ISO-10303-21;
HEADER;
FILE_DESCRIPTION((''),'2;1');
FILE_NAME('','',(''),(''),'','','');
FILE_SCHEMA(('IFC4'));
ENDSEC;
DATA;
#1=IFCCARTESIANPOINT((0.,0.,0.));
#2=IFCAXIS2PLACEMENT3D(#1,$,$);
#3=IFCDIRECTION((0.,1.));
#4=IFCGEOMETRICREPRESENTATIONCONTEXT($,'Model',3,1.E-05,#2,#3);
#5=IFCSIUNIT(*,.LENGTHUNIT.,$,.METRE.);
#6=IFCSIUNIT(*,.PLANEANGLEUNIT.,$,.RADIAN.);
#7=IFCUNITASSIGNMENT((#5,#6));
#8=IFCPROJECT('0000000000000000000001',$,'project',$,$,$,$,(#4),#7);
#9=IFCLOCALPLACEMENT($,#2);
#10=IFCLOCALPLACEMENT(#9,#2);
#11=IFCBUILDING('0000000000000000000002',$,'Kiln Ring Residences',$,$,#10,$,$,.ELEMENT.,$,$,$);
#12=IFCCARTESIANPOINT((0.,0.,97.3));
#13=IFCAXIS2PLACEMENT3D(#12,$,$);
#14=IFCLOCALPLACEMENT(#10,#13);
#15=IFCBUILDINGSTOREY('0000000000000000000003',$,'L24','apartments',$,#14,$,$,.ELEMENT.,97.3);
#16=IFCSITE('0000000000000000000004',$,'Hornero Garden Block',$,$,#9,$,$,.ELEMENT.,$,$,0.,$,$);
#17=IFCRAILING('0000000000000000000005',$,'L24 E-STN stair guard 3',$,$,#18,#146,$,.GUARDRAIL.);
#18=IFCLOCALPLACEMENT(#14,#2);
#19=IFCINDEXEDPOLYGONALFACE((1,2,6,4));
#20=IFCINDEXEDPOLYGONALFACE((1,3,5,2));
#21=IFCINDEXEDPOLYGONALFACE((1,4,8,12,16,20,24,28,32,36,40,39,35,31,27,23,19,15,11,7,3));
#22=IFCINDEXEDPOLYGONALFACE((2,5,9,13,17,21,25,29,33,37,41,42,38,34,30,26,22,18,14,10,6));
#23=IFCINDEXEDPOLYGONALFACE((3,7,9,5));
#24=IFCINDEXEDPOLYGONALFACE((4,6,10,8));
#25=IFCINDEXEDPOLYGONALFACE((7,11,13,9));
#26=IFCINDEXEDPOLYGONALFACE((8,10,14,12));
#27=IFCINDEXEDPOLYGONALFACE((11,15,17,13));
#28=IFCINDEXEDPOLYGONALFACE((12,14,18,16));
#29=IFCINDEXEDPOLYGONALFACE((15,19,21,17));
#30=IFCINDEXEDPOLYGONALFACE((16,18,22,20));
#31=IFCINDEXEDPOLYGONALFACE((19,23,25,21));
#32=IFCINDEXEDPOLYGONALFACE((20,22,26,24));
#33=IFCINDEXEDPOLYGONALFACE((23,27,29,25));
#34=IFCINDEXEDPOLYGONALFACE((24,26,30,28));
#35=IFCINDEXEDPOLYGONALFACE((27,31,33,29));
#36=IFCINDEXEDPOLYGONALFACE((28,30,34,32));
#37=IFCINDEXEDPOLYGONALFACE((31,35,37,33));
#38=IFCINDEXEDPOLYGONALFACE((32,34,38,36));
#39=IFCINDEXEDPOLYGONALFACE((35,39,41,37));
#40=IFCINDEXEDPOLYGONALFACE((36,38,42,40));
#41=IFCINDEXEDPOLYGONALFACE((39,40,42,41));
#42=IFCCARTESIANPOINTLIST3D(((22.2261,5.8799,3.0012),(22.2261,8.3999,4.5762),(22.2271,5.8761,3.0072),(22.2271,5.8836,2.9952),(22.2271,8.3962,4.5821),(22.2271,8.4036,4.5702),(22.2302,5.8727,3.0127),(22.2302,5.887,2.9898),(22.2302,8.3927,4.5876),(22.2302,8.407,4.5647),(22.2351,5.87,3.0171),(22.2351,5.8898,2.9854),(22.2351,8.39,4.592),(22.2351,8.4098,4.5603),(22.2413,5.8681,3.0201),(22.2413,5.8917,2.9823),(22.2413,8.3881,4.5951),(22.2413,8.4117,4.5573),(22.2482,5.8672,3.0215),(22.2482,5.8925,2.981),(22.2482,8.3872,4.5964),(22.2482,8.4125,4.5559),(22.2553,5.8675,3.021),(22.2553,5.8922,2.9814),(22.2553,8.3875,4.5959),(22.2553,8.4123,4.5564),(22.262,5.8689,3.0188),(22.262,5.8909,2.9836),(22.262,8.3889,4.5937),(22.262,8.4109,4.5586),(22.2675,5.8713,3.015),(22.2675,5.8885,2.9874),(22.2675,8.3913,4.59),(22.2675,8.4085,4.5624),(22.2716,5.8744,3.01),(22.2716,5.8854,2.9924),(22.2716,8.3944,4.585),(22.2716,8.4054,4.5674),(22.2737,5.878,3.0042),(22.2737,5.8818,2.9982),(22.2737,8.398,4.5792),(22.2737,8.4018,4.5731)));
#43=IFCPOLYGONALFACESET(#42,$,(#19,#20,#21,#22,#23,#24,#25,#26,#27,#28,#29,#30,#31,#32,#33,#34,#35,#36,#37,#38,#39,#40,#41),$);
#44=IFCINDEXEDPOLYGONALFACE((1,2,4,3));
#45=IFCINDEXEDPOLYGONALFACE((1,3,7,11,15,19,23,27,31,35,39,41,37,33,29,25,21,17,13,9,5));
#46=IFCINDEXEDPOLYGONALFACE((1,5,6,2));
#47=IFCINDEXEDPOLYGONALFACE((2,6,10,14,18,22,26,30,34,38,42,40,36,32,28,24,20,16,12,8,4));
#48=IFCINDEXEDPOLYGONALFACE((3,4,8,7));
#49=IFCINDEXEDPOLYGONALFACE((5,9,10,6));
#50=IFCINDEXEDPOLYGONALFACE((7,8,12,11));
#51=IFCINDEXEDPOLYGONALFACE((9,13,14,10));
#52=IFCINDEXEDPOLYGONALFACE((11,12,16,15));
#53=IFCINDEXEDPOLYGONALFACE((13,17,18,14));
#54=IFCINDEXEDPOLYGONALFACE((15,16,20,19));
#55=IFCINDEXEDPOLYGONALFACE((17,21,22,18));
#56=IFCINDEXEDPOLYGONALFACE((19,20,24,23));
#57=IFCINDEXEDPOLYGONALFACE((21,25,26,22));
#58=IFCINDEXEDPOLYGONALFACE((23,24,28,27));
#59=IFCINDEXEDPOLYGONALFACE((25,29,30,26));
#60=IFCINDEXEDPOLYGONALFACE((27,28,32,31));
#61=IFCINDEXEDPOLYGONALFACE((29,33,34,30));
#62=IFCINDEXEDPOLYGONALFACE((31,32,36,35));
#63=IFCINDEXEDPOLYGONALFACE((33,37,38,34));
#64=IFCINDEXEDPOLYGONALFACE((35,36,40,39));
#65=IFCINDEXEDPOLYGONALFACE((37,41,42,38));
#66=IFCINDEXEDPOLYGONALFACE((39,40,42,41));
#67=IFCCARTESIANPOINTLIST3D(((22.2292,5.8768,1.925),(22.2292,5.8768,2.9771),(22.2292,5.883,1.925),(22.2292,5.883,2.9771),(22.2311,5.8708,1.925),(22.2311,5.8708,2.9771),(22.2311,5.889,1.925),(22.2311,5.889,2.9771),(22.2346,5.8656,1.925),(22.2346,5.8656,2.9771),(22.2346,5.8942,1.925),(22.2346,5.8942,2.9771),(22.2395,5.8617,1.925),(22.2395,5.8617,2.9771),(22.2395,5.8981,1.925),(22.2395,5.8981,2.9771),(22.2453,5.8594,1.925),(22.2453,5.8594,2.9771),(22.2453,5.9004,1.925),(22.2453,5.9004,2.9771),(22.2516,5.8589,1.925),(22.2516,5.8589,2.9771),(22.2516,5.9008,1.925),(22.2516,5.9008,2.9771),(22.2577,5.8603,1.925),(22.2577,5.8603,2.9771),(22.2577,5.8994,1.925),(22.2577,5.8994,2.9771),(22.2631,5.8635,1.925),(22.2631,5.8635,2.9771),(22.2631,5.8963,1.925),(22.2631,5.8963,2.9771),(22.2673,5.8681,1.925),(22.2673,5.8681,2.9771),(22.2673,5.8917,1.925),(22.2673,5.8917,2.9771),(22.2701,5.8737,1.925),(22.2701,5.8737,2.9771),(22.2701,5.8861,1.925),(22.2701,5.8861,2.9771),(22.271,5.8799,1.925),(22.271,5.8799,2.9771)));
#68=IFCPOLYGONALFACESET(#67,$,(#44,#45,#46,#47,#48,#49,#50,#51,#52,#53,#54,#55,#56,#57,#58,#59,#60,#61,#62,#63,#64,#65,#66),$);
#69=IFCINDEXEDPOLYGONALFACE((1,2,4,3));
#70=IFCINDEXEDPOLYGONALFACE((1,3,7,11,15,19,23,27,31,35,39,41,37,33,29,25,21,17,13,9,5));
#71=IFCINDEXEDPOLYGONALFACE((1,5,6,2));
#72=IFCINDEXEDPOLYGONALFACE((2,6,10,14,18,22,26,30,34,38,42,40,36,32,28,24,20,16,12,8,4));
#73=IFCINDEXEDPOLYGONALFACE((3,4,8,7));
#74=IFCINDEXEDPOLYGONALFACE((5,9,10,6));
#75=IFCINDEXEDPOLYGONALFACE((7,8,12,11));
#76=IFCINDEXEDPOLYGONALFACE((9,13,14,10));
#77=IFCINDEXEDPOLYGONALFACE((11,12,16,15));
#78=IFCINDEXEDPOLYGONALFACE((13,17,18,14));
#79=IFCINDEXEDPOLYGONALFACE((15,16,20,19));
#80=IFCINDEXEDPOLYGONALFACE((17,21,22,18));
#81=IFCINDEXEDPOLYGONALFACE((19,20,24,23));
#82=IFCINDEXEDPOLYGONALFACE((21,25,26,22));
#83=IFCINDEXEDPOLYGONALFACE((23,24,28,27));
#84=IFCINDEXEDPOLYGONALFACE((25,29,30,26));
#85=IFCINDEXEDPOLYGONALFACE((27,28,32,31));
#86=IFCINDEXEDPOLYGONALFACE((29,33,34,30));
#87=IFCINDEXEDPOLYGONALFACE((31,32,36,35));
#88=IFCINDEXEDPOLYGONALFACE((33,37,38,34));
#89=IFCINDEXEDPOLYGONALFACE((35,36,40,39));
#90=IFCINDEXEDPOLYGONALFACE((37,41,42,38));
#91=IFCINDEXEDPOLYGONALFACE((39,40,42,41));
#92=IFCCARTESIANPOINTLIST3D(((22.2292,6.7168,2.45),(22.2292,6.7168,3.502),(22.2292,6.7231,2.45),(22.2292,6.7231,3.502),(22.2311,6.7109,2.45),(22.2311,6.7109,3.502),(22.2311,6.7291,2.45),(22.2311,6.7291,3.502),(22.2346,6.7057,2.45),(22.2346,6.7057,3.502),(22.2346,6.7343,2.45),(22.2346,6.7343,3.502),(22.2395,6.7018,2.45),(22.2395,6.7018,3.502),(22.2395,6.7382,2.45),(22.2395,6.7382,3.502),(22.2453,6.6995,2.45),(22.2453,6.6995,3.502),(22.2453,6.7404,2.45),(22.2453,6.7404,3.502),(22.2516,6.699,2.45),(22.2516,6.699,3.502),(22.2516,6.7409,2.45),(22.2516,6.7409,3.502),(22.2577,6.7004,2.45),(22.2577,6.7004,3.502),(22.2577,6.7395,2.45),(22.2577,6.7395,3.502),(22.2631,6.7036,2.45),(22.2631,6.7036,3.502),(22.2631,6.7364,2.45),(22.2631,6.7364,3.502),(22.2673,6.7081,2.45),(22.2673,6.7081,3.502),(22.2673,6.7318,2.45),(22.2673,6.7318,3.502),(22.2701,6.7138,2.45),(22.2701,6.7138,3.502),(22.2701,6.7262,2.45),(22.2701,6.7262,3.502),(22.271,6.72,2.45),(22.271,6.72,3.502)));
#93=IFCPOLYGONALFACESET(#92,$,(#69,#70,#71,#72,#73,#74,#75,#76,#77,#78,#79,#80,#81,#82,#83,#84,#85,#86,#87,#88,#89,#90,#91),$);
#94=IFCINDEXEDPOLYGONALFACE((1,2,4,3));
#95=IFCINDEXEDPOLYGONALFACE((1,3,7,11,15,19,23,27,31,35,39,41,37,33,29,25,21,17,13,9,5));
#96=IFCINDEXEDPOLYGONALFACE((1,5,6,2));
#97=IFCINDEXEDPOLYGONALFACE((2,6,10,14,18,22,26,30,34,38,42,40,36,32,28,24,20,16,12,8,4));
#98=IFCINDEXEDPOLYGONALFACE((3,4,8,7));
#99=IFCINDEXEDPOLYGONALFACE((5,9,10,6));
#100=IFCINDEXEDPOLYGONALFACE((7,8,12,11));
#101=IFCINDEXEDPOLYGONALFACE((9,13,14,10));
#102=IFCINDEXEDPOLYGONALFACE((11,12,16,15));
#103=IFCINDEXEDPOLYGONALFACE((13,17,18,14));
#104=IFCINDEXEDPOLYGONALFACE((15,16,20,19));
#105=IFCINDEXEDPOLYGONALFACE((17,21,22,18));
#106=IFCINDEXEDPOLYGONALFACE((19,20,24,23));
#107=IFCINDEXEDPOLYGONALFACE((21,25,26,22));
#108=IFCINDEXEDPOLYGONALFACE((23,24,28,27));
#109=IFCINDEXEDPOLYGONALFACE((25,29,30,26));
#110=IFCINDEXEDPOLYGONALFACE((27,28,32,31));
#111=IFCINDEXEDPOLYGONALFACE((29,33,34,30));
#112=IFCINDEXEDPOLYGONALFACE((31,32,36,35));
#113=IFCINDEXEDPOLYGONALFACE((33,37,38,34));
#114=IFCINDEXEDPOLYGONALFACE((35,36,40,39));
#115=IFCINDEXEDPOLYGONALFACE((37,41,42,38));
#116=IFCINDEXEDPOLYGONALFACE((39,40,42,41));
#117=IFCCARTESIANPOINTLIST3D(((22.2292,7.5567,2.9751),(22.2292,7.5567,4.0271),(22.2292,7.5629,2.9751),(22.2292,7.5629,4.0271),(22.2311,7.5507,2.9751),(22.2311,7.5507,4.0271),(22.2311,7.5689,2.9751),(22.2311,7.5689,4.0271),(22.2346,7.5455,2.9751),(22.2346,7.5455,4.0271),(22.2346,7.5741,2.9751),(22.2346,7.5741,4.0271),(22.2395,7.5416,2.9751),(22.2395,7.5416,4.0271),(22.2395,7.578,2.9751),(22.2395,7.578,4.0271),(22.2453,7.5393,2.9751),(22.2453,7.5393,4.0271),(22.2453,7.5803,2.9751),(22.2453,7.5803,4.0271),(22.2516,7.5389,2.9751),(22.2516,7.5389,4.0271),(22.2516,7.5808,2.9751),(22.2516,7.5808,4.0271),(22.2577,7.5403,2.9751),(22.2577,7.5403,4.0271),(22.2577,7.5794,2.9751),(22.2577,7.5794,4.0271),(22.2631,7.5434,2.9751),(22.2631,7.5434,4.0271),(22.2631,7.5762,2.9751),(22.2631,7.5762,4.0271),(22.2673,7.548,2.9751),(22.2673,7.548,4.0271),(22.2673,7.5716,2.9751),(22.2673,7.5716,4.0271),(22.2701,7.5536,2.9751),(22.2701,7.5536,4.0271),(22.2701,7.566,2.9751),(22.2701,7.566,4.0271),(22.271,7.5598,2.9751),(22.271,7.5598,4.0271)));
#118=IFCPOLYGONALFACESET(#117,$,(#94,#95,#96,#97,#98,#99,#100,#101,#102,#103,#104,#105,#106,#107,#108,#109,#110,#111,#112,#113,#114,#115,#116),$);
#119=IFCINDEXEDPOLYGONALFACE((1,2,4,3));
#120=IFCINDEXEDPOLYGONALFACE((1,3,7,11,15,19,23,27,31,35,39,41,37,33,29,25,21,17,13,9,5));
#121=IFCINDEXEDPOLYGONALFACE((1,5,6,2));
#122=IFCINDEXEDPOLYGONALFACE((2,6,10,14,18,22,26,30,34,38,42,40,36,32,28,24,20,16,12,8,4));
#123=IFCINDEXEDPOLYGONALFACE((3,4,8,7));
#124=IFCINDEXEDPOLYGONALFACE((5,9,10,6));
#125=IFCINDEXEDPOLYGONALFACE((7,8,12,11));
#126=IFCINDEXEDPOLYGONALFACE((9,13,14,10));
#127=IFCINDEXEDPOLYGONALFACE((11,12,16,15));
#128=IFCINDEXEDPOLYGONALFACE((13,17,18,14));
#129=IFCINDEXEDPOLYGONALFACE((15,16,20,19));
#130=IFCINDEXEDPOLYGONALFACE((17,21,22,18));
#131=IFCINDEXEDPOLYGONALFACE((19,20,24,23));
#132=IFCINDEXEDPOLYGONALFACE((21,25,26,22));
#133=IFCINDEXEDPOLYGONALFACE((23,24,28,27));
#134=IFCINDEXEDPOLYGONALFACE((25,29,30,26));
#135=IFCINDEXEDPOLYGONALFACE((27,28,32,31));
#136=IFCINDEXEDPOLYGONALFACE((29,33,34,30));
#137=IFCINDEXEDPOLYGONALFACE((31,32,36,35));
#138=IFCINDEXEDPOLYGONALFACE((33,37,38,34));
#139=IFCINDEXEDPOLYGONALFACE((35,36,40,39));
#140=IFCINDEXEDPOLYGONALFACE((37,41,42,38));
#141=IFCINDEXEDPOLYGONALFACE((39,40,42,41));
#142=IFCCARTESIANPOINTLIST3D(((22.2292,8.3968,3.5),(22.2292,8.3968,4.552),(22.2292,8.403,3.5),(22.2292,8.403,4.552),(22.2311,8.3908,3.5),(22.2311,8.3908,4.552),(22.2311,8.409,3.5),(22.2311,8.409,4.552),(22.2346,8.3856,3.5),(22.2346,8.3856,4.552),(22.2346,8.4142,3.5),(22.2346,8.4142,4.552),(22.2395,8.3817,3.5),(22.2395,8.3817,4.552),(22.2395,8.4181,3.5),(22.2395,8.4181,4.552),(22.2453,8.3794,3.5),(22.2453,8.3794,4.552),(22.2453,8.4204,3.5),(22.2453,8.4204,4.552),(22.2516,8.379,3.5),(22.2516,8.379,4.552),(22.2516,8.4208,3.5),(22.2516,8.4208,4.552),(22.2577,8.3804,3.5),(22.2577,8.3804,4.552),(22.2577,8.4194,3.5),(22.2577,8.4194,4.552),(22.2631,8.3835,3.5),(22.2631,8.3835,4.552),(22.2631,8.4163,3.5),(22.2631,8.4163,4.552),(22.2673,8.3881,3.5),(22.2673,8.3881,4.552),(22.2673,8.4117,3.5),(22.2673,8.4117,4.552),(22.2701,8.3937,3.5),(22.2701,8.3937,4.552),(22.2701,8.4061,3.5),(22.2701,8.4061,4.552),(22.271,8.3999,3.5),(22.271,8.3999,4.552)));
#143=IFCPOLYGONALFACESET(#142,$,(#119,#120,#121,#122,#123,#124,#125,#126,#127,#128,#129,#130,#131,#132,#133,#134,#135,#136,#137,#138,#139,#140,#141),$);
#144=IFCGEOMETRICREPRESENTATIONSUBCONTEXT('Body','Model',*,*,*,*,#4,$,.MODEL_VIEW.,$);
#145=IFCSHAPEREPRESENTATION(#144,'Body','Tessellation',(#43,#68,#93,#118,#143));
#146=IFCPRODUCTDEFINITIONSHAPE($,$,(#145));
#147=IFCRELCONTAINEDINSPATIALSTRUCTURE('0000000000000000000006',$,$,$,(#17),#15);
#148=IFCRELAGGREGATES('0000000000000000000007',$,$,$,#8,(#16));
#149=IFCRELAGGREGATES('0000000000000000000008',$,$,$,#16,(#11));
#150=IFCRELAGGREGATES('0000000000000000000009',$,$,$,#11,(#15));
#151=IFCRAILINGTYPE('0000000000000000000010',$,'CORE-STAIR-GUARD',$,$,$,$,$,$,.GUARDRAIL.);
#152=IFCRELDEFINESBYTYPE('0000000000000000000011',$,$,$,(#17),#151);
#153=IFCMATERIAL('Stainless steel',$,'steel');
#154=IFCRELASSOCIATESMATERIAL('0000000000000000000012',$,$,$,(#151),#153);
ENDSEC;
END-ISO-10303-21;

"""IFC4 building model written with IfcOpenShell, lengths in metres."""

from ifc_helpers import new_model, si_unit, direction, frame, origin, origin_2d, place, context, subcontext, project, spatial, circle, extrude, material, type_object, element, save


model = new_model("IFC4")

# Units and contexts
model_context = context("Model", 3, precision=1e-05, world=origin(), true_north=direction((0.0, 1.0)))
body_context = subcontext(model_context, "Body", "Model", "MODEL_VIEW")
ifc_project = project(units=[si_unit("LENGTHUNIT", "METRE"), si_unit("PLANEANGLEUNIT", "RADIAN")], contexts=[model_context])

# Site, building, storey
site_placement = place(None, origin())
site = spatial("IfcSite", under=ifc_project, at=site_placement, Name="Hornero Garden Block", CompositionType="ELEMENT", RefElevation=0.0)
building_placement = place(site_placement, origin())
building = spatial("IfcBuilding", under=site, at=building_placement, Name="Kiln Ring Residences", CompositionType="ELEMENT")
storey_placement = place(building_placement, frame((0.0, 0.0, 97.3)))
storey = spatial("IfcBuildingStorey", under=building, at=storey_placement, Name="L24", Description="apartments", CompositionType="ELEMENT", Elevation=97.3)

# Railing
ifc_material_1 = material(Name="Stainless steel", Category="steel")
railing_type_1 = type_object("IfcRailingType", Name="CORE-STAIR-GUARD", PredefinedType="GUARDRAIL", material=ifc_material_1)
railing_1_placement = place(storey_placement, frame((22.25, 5.8799, 1.925)))
element("IfcRailing", 1, at=railing_1_placement, inside=storey, type_object=railing_type_1, Name="L24 E-STN stair guard 3", PredefinedType="GUARDRAIL", context=body_context, shape_type="SweptSolid", body=[
    extrude(circle(Radius=0.0239, at=origin_2d()), frame((0.0, 0.0, 1.0762), z_axis=(0.0, 0.848008, 0.529984), x_axis=(-1.0, 0.0, 0.0)), (0.0, 0.0, 1.0), 2.9717),
    extrude(circle(Radius=0.021, at=origin_2d()), origin(), (0.0, 0.0, 1.0), 1.052),
    extrude(circle(Radius=0.021, at=origin_2d()), frame((0.0, 0.8401, 0.5249)), (0.0, 0.0, 1.0), 1.052),
    extrude(circle(Radius=0.021, at=origin_2d()), frame((0.0, 1.6799, 1.05)), (0.0, 0.0, 1.0), 1.052),
    extrude(circle(Radius=0.021, at=origin_2d()), frame((0.0, 2.52, 1.575)), (0.0, 0.0, 1.0), 1.052),
])

save(model, "model.ifc")
